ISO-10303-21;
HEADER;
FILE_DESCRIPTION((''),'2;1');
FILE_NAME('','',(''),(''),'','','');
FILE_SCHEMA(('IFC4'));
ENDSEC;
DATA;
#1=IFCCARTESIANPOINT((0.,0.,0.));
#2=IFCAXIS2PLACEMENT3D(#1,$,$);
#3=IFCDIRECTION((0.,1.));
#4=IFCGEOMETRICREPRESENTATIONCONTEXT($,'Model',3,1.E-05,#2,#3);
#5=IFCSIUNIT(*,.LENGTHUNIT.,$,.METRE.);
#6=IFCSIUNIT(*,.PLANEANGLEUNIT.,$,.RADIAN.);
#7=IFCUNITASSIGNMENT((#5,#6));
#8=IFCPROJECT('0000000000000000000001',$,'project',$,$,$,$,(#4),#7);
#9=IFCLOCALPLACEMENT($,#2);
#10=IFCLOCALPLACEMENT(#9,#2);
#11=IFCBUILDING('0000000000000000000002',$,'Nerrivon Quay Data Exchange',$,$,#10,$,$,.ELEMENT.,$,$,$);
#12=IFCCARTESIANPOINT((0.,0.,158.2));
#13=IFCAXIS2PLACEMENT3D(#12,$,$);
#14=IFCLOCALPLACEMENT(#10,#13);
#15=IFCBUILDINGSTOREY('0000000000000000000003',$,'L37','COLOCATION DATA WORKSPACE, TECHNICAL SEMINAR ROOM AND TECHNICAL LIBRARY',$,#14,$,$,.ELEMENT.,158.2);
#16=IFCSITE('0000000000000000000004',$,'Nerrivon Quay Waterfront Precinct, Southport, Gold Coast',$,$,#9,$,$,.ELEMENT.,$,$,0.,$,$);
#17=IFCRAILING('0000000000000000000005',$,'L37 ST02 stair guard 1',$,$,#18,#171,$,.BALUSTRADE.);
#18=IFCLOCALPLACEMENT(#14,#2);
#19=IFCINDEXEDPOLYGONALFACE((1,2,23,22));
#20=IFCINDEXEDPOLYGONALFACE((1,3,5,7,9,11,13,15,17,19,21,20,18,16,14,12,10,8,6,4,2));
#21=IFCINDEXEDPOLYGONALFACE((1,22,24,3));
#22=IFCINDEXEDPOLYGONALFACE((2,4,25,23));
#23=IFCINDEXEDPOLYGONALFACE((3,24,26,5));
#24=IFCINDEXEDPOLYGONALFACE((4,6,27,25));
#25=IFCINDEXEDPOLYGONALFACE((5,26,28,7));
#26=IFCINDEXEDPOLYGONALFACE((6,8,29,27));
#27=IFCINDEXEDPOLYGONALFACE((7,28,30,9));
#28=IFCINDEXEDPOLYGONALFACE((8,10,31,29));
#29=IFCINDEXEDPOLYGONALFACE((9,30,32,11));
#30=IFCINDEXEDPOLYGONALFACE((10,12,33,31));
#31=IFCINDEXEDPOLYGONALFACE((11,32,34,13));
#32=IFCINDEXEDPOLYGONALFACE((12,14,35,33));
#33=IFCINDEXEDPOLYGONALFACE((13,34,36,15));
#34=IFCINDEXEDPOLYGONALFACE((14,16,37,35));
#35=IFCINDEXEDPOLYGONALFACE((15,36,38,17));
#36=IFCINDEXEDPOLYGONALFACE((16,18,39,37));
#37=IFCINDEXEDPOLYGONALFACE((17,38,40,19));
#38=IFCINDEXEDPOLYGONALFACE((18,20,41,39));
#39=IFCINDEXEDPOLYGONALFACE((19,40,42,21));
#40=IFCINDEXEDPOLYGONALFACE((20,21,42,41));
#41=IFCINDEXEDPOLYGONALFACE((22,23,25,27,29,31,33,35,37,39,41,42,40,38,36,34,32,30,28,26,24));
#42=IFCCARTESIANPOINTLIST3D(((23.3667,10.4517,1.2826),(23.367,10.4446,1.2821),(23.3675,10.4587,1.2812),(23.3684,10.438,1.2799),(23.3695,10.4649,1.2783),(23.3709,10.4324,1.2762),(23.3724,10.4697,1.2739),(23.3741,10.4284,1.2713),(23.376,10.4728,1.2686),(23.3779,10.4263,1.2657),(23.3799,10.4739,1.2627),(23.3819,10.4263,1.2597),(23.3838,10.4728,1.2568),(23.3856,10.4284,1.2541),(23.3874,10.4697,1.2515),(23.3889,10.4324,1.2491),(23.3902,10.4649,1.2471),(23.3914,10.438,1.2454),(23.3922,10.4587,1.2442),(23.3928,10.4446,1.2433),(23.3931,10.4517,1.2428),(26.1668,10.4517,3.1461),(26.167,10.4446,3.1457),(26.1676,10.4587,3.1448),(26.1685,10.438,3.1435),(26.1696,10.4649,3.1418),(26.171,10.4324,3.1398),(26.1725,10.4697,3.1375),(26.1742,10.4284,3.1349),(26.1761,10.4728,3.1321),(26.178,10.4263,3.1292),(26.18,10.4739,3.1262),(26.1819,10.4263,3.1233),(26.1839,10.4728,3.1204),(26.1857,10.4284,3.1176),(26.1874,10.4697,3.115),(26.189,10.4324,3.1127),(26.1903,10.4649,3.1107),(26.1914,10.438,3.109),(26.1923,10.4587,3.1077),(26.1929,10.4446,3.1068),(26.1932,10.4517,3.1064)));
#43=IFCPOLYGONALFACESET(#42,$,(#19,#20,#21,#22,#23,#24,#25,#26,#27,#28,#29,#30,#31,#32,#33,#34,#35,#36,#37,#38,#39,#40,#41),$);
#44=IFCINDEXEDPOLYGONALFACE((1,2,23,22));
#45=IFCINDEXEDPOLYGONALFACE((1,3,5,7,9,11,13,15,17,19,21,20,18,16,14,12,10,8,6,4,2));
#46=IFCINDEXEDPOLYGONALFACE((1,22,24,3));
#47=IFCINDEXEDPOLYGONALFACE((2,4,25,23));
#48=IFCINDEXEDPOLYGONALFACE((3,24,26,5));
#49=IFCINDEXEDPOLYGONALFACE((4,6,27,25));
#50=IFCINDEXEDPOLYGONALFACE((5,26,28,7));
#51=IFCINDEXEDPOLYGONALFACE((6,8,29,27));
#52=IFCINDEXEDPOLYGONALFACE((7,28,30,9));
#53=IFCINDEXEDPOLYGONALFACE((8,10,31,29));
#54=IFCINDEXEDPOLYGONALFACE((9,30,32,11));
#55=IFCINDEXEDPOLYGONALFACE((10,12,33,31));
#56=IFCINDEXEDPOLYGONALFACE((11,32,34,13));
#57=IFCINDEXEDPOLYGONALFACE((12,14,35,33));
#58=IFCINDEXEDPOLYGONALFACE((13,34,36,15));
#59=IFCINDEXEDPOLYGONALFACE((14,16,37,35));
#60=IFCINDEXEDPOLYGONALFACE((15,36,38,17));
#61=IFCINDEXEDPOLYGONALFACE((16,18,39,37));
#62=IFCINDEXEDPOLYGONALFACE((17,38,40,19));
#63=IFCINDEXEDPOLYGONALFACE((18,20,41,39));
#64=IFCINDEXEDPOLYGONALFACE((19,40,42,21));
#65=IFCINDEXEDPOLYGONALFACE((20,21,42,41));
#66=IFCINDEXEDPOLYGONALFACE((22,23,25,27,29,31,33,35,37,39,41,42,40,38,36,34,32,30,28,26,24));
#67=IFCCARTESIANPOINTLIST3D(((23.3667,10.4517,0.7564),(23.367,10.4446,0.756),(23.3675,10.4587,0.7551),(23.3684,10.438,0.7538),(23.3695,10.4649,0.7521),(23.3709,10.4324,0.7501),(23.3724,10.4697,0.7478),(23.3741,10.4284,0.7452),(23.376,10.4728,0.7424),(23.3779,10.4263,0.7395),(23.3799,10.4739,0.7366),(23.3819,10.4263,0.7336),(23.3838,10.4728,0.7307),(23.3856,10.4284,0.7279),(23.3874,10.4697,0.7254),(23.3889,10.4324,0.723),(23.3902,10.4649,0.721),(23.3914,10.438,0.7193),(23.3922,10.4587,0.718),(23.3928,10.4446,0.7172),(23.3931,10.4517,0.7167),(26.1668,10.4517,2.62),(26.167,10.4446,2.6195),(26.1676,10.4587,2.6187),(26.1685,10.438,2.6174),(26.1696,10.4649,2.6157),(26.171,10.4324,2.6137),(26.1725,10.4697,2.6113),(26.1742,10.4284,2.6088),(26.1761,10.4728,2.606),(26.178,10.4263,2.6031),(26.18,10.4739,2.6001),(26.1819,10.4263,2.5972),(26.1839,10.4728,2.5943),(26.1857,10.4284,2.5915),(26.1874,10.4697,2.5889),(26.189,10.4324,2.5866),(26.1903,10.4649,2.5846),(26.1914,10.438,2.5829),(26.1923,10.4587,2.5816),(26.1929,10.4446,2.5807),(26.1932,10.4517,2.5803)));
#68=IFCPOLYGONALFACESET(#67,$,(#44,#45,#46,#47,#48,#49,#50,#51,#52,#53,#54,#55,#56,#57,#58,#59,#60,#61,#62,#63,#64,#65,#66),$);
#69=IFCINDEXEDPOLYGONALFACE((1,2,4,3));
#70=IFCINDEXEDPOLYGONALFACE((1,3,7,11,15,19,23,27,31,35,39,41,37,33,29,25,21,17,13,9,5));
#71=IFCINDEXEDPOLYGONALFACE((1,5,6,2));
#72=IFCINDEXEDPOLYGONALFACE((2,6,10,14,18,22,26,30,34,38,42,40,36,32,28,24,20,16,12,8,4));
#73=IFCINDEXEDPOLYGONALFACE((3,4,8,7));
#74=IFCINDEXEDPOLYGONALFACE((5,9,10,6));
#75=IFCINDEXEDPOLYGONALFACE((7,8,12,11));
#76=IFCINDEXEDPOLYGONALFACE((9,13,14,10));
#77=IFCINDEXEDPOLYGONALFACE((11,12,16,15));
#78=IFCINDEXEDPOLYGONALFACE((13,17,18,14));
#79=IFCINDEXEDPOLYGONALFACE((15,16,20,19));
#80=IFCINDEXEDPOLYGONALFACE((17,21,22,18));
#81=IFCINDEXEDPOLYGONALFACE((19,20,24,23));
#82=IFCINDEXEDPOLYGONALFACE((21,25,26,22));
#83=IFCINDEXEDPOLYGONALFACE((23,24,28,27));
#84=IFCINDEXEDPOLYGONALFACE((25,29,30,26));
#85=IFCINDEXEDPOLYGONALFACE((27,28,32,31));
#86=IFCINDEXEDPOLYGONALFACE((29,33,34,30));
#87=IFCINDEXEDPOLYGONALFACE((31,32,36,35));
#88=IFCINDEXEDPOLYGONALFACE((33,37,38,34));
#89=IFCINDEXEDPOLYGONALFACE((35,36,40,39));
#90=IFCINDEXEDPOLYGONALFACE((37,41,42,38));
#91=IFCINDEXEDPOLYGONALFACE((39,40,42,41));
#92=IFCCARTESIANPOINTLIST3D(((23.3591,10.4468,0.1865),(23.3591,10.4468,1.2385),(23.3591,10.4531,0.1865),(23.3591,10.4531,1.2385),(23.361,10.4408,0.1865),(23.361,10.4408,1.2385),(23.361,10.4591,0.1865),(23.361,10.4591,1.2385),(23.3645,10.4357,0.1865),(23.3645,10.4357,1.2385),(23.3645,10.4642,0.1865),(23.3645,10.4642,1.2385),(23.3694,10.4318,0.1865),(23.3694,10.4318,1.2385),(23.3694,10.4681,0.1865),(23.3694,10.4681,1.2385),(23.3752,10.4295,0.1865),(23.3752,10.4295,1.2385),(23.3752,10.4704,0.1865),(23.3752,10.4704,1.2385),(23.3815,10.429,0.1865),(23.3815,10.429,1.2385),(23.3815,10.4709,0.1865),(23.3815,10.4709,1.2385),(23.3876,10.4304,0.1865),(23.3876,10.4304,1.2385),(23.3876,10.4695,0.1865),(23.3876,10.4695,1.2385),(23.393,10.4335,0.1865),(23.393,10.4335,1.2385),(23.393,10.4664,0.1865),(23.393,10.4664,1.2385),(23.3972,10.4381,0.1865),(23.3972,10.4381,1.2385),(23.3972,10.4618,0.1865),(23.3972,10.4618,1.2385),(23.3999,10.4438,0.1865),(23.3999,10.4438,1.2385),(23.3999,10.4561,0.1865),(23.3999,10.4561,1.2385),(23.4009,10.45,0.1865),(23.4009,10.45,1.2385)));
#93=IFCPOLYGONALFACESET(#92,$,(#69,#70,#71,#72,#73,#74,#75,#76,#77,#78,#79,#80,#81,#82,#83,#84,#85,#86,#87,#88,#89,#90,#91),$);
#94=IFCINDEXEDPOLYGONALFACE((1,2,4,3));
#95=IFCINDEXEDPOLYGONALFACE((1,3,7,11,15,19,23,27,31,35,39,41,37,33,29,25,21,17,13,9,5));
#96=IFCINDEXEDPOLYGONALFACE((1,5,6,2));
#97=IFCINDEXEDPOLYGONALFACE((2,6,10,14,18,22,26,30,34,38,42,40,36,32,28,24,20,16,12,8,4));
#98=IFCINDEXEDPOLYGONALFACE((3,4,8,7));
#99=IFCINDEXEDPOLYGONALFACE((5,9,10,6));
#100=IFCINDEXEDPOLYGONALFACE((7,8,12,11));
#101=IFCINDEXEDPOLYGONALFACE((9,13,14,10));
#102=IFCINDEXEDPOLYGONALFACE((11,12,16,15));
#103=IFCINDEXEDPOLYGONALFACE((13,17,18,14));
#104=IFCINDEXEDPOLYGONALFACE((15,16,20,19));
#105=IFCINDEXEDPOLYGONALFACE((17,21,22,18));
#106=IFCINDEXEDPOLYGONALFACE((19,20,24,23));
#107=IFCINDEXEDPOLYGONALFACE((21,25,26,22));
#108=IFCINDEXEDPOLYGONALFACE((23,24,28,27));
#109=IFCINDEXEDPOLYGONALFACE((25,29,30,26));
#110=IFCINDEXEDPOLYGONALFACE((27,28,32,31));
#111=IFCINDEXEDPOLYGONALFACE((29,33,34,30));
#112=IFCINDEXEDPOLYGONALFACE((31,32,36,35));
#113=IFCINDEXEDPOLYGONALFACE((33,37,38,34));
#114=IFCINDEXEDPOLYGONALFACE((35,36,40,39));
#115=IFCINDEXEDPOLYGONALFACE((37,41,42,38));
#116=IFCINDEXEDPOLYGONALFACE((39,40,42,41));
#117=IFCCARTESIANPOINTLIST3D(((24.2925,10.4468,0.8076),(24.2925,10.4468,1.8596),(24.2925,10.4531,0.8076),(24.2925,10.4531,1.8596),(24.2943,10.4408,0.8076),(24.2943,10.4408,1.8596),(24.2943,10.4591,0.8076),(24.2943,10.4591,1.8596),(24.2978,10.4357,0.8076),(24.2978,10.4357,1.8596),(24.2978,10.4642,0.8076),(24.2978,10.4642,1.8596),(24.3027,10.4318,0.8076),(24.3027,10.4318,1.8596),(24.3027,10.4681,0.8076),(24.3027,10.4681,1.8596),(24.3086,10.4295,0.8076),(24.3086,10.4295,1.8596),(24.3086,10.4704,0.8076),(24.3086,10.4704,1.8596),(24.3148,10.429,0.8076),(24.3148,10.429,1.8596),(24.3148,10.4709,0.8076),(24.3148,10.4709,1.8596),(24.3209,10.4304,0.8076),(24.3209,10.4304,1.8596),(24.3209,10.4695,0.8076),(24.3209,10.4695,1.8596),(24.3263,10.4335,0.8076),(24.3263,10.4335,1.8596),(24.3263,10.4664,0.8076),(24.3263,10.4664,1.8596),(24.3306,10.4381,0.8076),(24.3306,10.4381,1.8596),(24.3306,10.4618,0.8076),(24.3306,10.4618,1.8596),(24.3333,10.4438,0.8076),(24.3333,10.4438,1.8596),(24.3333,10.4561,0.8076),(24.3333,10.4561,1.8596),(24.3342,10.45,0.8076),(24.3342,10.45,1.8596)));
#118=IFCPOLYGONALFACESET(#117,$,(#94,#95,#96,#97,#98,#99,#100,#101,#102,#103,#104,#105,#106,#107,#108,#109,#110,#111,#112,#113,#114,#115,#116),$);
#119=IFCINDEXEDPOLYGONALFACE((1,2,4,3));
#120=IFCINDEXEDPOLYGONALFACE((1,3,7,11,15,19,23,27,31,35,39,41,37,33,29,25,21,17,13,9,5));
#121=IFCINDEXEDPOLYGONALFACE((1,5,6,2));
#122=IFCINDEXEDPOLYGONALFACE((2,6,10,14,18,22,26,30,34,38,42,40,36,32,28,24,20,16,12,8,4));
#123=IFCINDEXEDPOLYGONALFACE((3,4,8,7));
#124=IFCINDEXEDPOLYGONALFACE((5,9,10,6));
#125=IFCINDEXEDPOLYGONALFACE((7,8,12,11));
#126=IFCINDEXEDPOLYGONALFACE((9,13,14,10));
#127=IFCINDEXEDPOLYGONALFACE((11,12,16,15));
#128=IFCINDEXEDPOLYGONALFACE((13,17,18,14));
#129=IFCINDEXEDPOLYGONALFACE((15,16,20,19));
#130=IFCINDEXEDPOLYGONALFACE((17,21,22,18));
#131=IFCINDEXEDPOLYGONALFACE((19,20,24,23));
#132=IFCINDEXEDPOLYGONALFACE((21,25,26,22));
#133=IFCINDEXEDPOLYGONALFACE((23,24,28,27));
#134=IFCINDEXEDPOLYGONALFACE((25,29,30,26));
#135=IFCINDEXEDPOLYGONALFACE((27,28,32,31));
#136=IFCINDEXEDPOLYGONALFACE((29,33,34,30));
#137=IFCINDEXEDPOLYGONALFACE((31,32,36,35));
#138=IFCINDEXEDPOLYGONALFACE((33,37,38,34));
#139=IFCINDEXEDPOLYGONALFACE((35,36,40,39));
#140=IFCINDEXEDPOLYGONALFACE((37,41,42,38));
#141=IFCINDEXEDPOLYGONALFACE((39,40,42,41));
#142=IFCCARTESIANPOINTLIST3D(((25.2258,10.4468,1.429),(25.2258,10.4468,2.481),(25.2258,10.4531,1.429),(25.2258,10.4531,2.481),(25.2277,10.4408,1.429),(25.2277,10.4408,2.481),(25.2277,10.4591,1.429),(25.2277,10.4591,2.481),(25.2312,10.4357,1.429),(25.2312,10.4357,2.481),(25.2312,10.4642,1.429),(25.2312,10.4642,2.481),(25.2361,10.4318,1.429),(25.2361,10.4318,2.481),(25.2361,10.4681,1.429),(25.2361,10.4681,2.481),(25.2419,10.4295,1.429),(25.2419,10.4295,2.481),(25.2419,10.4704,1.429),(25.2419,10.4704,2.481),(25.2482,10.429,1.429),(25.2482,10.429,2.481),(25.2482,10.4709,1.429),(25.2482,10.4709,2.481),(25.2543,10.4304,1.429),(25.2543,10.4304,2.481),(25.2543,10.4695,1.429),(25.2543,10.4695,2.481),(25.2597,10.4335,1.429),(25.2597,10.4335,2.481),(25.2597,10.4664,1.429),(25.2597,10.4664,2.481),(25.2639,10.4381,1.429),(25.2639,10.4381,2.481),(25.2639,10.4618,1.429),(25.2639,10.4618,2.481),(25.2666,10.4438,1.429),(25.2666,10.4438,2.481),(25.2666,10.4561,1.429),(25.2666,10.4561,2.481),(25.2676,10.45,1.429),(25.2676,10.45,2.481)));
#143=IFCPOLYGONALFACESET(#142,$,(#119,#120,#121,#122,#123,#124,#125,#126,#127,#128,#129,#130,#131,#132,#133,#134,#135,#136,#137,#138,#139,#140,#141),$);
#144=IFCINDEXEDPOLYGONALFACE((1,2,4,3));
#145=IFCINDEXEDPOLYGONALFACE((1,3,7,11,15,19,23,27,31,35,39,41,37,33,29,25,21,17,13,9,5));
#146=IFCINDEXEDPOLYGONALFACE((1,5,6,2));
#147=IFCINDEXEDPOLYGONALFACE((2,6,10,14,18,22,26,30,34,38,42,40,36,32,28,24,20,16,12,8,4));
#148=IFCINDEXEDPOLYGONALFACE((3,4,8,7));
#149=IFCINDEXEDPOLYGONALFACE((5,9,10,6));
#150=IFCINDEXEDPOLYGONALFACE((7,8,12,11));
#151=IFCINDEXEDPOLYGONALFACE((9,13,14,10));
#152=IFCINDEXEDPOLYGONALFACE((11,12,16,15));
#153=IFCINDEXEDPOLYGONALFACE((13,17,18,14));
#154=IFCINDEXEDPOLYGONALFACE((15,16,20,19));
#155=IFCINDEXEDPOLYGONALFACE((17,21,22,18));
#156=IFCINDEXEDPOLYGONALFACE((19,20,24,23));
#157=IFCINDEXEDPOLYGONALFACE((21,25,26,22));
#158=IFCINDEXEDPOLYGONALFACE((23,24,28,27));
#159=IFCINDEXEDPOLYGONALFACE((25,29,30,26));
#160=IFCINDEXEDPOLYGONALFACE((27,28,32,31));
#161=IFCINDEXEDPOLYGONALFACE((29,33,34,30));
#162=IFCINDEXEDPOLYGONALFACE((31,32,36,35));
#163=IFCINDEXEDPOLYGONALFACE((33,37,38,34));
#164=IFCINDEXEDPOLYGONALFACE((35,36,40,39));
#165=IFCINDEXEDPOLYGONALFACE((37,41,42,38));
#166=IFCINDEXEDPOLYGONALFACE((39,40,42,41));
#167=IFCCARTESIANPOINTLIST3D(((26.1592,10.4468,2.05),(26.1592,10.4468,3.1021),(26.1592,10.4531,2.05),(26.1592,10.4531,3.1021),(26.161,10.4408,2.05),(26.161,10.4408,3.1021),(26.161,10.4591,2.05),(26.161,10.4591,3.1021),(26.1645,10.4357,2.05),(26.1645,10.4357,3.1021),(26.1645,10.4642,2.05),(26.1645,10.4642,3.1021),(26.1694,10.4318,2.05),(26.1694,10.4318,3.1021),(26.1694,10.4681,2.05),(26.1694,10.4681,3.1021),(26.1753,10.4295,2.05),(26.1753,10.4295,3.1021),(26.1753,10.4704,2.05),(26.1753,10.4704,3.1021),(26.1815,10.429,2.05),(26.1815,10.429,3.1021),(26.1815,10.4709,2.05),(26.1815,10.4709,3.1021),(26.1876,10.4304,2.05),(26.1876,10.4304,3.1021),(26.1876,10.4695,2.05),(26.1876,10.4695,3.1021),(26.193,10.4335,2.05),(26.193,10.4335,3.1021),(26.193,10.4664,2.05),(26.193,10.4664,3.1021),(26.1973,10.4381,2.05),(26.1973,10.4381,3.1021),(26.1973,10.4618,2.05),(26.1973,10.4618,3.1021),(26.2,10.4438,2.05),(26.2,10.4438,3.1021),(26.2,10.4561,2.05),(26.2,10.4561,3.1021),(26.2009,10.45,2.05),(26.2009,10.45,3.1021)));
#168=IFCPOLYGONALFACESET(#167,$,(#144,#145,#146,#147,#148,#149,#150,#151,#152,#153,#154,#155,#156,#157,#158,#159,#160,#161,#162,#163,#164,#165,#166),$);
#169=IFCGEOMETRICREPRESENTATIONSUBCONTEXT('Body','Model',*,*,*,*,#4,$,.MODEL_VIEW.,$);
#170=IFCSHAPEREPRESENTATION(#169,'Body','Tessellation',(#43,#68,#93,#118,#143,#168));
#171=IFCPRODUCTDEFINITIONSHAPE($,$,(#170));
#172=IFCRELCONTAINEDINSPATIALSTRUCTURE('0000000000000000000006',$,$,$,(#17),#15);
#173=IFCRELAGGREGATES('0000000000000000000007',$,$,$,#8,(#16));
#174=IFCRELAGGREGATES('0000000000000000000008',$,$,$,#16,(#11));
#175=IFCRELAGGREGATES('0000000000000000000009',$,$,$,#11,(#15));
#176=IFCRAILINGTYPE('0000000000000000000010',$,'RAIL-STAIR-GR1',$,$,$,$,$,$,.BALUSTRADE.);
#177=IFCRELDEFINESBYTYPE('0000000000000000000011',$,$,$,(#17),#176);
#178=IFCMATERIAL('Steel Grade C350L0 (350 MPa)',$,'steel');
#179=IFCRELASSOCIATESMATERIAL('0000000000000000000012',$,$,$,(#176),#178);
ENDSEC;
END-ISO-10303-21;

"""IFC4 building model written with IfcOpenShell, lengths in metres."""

from ifc_helpers import new_model, si_unit, direction, frame, origin, origin_2d, place, context, subcontext, project, spatial, circle, extrude, material, type_object, element, save


model = new_model("IFC4")

# Units and contexts
model_context = context("Model", 3, precision=1e-05, world=origin(), true_north=direction((0.0, 1.0)))
body_context = subcontext(model_context, "Body", "Model", "MODEL_VIEW")
ifc_project = project(units=[si_unit("LENGTHUNIT", "METRE"), si_unit("PLANEANGLEUNIT", "RADIAN")], contexts=[model_context])

# Site, building, storey
site_placement = place(None, origin())
site = spatial("IfcSite", under=ifc_project, at=site_placement, Name="Nerrivon Quay Waterfront Precinct, Southport, Gold Coast", CompositionType="ELEMENT", RefElevation=0.0)
building_placement = place(site_placement, origin())
building = spatial("IfcBuilding", under=site, at=building_placement, Name="Nerrivon Quay Data Exchange", CompositionType="ELEMENT")
storey_placement = place(building_placement, frame((0.0, 0.0, 158.2)))
storey = spatial("IfcBuildingStorey", under=building, at=storey_placement, Name="L37", Description="COLOCATION DATA WORKSPACE, TECHNICAL SEMINAR ROOM AND TECHNICAL LIBRARY", CompositionType="ELEMENT", Elevation=158.2)

# Railing
ifc_material_1 = material(Name="Steel Grade C350L0 (350 MPa)", Category="steel")
railing_type_1 = type_object("IfcRailingType", Name="RAIL-STAIR-GR1", PredefinedType="BALUSTRADE", material=ifc_material_1)
railing_1_placement = place(storey_placement, frame((23.3799, 10.45, 0.1865)))
element("IfcRailing", 1, at=railing_1_placement, inside=storey, type_object=railing_type_1, Name="L37 ST02 stair guard 1", PredefinedType="BALUSTRADE", context=body_context, shape_type="SweptSolid", body=[
    extrude(circle(Radius=0.0239, at=origin_2d()), frame((0.0, 0.0, 1.0762), z_axis=(0.832486, 0.0, 0.554047), x_axis=(0.0, 1.0, 0.0)), (0.0, 0.0, 1.0), 3.3635),
    extrude(circle(Radius=0.0239, at=origin_2d()), frame((0.0, 0.0, 0.55), z_axis=(0.832486, 0.0, 0.554047), x_axis=(0.0, 1.0, 0.0)), (0.0, 0.0, 1.0), 3.3635),
    extrude(circle(Radius=0.021, at=origin_2d()), origin(), (0.0, 0.0, 1.0), 1.052),
    extrude(circle(Radius=0.021, at=origin_2d()), frame((0.9333, 0.0, 0.6211)), (0.0, 0.0, 1.0), 1.052),
    extrude(circle(Radius=0.021, at=origin_2d()), frame((1.8667, 0.0, 1.2424)), (0.0, 0.0, 1.0), 1.052),
    extrude(circle(Radius=0.021, at=origin_2d()), frame((2.8, 0.0, 1.8635)), (0.0, 0.0, 1.0), 1.052),
])

save(model, "model.ifc")
